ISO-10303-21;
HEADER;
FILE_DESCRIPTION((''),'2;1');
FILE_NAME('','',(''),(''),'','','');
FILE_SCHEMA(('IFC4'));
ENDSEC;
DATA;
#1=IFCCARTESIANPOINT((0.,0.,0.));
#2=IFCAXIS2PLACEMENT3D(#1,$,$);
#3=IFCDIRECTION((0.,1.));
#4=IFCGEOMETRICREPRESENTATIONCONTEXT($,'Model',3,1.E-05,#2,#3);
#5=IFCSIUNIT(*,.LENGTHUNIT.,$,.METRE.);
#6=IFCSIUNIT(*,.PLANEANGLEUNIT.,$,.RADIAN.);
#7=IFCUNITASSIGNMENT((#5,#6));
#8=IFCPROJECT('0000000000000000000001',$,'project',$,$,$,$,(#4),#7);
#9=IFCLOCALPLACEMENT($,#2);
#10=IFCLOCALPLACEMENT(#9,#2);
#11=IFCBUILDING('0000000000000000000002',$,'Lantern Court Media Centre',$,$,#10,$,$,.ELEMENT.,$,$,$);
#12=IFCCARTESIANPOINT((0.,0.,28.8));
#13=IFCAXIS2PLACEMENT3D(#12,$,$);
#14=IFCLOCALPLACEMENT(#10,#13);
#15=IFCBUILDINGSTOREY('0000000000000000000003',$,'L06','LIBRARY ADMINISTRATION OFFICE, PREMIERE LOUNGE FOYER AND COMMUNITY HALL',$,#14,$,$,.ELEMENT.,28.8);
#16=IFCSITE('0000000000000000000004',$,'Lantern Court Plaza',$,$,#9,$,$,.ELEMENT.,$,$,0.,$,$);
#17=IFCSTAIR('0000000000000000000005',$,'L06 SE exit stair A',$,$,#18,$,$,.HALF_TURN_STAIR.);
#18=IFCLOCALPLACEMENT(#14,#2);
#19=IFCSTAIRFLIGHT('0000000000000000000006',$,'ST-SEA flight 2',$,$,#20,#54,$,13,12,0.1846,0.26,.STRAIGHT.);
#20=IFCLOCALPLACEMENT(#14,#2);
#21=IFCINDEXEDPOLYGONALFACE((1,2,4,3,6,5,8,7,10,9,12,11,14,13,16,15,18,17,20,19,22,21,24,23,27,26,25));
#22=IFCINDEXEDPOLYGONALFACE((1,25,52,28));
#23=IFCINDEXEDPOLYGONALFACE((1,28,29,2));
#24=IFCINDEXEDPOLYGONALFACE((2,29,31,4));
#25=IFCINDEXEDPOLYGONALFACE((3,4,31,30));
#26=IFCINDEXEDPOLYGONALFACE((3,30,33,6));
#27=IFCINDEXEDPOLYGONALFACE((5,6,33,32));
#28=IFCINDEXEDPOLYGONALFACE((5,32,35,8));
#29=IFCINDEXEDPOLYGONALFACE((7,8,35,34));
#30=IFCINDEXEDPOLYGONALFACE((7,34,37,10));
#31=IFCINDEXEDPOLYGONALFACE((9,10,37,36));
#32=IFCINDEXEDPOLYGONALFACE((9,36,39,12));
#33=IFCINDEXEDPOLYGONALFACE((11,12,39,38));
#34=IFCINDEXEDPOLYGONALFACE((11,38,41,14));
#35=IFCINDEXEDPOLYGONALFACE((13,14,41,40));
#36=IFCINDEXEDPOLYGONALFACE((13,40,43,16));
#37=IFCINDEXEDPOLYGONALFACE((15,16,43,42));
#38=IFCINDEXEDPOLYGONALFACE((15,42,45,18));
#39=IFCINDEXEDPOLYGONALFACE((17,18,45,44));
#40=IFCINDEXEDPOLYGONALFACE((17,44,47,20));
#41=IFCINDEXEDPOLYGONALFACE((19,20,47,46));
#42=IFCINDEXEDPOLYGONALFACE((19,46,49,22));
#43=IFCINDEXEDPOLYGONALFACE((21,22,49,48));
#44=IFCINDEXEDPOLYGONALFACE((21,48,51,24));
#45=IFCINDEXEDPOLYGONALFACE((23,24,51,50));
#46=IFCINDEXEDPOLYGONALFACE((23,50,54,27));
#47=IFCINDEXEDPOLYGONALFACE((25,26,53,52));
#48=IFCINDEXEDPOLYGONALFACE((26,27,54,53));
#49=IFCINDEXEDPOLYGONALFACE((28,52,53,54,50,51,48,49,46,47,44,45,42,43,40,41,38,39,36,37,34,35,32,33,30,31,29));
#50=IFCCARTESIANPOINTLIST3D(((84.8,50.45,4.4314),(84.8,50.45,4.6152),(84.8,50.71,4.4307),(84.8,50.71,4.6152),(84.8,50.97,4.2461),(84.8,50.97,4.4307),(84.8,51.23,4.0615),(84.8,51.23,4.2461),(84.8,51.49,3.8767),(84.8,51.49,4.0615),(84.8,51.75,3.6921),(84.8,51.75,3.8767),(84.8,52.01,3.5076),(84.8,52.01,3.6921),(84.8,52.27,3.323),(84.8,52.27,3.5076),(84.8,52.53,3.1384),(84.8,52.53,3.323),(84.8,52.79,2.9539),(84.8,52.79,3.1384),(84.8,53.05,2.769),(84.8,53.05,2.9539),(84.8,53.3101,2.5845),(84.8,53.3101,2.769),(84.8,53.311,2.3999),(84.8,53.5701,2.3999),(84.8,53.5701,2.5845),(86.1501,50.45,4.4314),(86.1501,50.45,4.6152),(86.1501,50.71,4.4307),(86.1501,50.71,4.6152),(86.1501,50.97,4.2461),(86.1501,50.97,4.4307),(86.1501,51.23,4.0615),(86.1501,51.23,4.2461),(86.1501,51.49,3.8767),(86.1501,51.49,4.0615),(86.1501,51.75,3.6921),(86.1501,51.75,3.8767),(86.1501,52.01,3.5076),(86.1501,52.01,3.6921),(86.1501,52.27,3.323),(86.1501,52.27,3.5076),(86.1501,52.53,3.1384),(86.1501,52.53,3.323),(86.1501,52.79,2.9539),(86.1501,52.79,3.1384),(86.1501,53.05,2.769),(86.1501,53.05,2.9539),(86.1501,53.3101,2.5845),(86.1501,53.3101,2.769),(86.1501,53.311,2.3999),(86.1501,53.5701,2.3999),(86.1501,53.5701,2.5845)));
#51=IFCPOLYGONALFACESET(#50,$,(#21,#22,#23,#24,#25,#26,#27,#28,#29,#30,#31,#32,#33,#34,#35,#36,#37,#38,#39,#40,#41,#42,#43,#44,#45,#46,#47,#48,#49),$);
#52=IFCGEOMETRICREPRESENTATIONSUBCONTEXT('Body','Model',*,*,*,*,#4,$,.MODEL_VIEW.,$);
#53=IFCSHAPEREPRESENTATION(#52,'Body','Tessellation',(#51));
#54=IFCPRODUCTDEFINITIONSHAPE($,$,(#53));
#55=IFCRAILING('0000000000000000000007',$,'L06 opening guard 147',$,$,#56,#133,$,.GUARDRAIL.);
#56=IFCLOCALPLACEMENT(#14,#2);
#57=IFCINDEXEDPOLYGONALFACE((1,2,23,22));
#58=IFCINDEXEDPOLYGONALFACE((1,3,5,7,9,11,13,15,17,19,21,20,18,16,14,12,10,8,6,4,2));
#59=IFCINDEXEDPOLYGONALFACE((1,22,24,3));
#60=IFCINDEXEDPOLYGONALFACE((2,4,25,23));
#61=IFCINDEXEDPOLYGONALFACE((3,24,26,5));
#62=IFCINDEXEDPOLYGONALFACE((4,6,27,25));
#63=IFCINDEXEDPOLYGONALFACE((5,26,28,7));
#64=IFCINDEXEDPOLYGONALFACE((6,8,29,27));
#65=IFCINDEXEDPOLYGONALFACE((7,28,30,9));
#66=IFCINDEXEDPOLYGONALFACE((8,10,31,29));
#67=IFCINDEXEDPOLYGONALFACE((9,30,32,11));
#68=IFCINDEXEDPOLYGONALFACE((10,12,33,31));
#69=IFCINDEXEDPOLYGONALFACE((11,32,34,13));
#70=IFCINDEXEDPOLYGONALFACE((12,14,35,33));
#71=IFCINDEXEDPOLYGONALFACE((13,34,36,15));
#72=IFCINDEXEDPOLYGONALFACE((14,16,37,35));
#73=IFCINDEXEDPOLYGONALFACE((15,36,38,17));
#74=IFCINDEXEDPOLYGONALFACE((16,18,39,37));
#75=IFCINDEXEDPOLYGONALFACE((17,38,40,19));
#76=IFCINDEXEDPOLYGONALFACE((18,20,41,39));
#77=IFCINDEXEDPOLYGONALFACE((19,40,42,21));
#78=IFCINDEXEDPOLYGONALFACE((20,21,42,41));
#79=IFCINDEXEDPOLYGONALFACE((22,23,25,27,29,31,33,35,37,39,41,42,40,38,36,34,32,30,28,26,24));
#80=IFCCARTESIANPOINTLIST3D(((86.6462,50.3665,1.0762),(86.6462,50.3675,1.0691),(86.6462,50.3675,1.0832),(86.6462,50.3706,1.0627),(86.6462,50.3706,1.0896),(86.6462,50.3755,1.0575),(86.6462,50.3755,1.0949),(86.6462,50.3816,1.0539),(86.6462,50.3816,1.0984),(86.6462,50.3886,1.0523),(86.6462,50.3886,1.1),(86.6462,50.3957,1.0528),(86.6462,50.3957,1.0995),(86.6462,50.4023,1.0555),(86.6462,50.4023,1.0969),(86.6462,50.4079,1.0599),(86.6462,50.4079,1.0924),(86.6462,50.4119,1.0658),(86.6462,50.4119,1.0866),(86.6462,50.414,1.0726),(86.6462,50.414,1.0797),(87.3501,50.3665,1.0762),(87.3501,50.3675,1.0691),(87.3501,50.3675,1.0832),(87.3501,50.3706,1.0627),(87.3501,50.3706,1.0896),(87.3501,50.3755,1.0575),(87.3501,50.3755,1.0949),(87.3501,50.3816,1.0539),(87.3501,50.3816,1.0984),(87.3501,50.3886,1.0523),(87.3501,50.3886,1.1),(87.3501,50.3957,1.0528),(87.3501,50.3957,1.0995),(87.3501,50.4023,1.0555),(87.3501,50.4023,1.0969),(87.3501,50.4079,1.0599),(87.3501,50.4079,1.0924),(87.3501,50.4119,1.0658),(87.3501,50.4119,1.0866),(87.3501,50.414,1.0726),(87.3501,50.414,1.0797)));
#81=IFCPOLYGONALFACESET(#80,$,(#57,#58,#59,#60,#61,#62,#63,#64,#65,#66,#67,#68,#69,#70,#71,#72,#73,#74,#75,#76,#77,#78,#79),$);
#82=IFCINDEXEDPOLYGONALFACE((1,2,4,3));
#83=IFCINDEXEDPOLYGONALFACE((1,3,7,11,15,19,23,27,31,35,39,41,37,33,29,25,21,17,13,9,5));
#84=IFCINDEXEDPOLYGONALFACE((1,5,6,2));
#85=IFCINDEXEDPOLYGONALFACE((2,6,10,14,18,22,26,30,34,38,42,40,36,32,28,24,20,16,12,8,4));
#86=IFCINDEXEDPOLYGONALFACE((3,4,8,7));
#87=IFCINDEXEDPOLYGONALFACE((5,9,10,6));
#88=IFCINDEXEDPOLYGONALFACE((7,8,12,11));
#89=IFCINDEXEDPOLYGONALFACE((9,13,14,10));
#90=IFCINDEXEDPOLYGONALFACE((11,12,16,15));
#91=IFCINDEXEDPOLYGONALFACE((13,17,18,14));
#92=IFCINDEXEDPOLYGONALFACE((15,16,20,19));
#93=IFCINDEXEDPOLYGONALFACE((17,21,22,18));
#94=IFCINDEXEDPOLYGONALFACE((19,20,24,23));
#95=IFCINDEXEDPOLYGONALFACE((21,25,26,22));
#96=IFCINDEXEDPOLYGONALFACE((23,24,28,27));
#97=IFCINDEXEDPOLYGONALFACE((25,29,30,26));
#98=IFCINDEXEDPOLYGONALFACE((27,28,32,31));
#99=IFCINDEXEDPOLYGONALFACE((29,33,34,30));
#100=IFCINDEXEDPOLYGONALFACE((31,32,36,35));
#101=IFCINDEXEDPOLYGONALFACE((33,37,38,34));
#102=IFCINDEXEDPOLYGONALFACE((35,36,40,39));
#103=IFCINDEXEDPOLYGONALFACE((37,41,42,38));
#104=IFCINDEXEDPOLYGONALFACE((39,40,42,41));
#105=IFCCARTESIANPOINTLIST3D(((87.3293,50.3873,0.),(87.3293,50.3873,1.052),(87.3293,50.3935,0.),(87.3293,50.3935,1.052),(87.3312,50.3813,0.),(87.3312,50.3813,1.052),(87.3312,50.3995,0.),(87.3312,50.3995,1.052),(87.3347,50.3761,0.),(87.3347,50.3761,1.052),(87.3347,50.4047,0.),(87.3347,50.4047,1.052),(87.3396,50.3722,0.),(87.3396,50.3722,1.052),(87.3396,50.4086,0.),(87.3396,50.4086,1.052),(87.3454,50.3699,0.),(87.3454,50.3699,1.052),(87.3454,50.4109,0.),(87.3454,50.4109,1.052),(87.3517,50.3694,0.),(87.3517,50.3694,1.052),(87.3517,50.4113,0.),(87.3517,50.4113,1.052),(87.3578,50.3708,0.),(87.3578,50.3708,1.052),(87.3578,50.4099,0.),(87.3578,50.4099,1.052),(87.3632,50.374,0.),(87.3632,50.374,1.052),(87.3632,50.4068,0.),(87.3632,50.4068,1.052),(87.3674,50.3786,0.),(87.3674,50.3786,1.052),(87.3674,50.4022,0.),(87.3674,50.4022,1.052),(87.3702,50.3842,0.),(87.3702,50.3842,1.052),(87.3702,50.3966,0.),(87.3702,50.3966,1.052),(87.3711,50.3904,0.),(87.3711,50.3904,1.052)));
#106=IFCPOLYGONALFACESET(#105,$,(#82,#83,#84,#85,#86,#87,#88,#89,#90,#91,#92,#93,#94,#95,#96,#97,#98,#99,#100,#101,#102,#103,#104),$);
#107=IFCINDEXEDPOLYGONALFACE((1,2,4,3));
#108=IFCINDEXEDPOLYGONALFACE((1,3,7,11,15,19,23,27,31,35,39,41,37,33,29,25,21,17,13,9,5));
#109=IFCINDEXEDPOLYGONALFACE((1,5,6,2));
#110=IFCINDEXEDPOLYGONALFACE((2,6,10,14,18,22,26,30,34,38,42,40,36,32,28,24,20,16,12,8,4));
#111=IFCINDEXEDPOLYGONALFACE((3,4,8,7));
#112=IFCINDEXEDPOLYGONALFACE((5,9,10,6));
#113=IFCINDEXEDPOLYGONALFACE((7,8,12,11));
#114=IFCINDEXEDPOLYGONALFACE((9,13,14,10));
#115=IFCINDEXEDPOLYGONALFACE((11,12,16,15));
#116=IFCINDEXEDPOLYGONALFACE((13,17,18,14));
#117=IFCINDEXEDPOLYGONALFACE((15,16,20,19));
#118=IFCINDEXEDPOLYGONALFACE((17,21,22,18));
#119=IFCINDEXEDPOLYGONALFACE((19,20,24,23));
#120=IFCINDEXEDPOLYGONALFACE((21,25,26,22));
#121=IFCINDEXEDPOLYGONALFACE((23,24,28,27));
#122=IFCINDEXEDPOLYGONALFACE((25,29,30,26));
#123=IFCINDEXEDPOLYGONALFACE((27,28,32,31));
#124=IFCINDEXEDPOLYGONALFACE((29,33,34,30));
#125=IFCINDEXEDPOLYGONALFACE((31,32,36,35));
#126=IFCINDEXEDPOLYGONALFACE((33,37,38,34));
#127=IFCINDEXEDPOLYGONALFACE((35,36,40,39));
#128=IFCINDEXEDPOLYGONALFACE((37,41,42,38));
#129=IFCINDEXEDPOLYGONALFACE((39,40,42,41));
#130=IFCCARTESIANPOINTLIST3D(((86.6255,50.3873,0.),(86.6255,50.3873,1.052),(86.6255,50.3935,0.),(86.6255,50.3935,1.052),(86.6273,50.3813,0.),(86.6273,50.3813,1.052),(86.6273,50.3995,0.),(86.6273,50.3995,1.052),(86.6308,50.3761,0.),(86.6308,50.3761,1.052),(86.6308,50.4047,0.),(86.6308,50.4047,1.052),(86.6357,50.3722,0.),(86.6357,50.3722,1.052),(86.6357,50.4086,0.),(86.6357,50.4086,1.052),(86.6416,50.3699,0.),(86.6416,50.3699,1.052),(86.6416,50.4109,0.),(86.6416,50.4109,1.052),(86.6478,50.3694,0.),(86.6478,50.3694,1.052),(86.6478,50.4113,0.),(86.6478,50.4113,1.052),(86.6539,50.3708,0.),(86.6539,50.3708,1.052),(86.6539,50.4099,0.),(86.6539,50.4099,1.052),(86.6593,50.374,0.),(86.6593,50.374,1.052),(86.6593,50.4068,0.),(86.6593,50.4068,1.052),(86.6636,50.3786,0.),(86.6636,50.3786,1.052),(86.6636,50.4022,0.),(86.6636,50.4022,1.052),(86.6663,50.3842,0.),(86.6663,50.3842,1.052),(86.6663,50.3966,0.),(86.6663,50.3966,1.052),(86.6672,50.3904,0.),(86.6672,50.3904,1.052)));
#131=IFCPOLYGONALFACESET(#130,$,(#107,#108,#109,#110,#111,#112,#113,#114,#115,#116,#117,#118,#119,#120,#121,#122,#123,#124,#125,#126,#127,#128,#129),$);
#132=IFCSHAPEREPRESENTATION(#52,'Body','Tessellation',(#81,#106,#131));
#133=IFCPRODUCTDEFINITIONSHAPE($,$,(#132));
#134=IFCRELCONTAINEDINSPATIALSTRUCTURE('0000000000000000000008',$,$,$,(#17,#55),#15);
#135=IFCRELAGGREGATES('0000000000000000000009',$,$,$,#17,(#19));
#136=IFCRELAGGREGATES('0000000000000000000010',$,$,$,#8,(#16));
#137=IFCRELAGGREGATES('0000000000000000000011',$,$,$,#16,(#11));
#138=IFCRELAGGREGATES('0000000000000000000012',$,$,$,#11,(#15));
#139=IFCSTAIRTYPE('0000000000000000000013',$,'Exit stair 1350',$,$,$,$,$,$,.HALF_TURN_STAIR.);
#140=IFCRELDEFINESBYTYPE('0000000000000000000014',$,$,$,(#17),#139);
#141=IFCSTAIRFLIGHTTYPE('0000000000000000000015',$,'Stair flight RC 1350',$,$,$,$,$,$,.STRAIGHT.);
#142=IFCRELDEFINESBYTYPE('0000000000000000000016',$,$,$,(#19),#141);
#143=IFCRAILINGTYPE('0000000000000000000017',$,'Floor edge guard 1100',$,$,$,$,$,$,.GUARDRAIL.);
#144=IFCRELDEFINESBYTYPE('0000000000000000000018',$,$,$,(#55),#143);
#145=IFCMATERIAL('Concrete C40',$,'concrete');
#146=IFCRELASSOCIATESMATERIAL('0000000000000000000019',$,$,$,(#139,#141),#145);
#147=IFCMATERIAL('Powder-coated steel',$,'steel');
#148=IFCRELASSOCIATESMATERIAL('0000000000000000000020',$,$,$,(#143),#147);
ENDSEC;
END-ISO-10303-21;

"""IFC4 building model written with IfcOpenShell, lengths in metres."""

from ifc_helpers import new_model, si_unit, direction, frame, origin, origin_2d, place, context, subcontext, project, spatial, polyline, circle, outline, extrude, material, type_object, element, aggregate, save


model = new_model("IFC4")

# Units and contexts
model_context = context("Model", 3, precision=1e-05, world=origin(), true_north=direction((0.0, 1.0)))
body_context = subcontext(model_context, "Body", "Model", "MODEL_VIEW")
ifc_project = project(units=[si_unit("LENGTHUNIT", "METRE"), si_unit("PLANEANGLEUNIT", "RADIAN")], contexts=[model_context])

# Site, building, storey
site_placement = place(None, origin())
site = spatial("IfcSite", under=ifc_project, at=site_placement, Name="Lantern Court Plaza", CompositionType="ELEMENT", RefElevation=0.0)
building_placement = place(site_placement, origin())
building = spatial("IfcBuilding", under=site, at=building_placement, Name="Lantern Court Media Centre", CompositionType="ELEMENT")
storey_placement = place(building_placement, frame((0.0, 0.0, 28.8)))
storey = spatial("IfcBuildingStorey", under=building, at=storey_placement, Name="L06", Description="LIBRARY ADMINISTRATION OFFICE, PREMIERE LOUNGE FOYER AND COMMUNITY HALL", CompositionType="ELEMENT", Elevation=28.8)

# Shared definitions
ifc_material_1 = material(Name="Concrete C40", Category="concrete")

# Stair, stair flight
stair_type = type_object("IfcStairType", Name="Exit stair 1350", PredefinedType="HALF_TURN_STAIR", material=ifc_material_1)
stair_placement = place(storey_placement, origin())
stair = element("IfcStair", 1, at=stair_placement, inside=storey, type_object=stair_type, Name="L06 SE exit stair A", PredefinedType="HALF_TURN_STAIR")
stair_flight_type = type_object("IfcStairFlightType", Name="Stair flight RC 1350", PredefinedType="STRAIGHT", material=ifc_material_1)
stair_flight_1_placement = place(storey_placement, frame((85.4751, 53.5701, 2.3999), z_axis=(0.0, 0.0, 1.0), x_axis=(0.0, -1.0, 0.0)))
stair_flight_1 = element("IfcStairFlight", 2, at=stair_flight_1_placement, type_object=stair_flight_type, Name="ST-SEA flight 2", NumberOfRisers=13, NumberOfTreads=12, PredefinedType="STRAIGHT", RiserHeight=0.1846, TreadLength=0.26, context=body_context, shape_type="SweptSolid", body=[
    extrude(outline(polyline([(0.0, 0.0), (0.0, 0.1846), (0.26, 0.1846), (0.26, 0.3691), (0.52, 0.3691), (0.52, 0.554), (0.78, 0.554), (0.78, 0.7385), (1.04, 0.7385), (1.04, 0.9231), (1.3, 0.9231), (1.3, 1.1077), (1.5601, 1.1077), (1.5601, 1.2922), (1.8201, 1.2922), (1.8201, 1.4768), (2.0801, 1.4768), (2.0801, 1.6616), (2.3401, 1.6616), (2.3401, 1.8462), (2.6001, 1.8462), (2.6001, 2.0308), (2.8601, 2.0308), (2.8601, 2.2153), (3.1201, 2.2153), (3.1201, 2.3999), (3.1201, 2.0315), (0.259, 0.0), (0.0, 0.0)])), frame((0.0, 0.675, 0.0), z_axis=(0.0, -1.0, 0.0), x_axis=(1.0, 0.0, 0.0)), (0.0, 0.0, 1.0), 1.3501),
])
aggregate(stair, [stair_flight_1])

# Railing
ifc_material_2 = material(Name="Powder-coated steel", Category="steel")
railing_type_1 = type_object("IfcRailingType", Name="Floor edge guard 1100", PredefinedType="GUARDRAIL", material=ifc_material_2)
railing_1_placement = place(storey_placement, frame((87.3501, 50.3904, 0.0)))
element("IfcRailing", 3, at=railing_1_placement, inside=storey, type_object=railing_type_1, Name="L06 opening guard 147", PredefinedType="GUARDRAIL", context=body_context, shape_type="SweptSolid", body=[
    extrude(circle(Radius=0.0239, at=origin_2d()), frame((0.0, 0.0, 1.0762), z_axis=(-1.0, 0.0, 0.0), x_axis=(0.0, -1.0, 0.0)), (0.0, 0.0, 1.0), 0.7039),
    extrude(circle(Radius=0.021, at=origin_2d()), origin(), (0.0, 0.0, 1.0), 1.052),
    extrude(circle(Radius=0.021, at=origin_2d()), frame((-0.7039, 0.0, 0.0)), (0.0, 0.0, 1.0), 1.052),
])

save(model, "model.ifc")
